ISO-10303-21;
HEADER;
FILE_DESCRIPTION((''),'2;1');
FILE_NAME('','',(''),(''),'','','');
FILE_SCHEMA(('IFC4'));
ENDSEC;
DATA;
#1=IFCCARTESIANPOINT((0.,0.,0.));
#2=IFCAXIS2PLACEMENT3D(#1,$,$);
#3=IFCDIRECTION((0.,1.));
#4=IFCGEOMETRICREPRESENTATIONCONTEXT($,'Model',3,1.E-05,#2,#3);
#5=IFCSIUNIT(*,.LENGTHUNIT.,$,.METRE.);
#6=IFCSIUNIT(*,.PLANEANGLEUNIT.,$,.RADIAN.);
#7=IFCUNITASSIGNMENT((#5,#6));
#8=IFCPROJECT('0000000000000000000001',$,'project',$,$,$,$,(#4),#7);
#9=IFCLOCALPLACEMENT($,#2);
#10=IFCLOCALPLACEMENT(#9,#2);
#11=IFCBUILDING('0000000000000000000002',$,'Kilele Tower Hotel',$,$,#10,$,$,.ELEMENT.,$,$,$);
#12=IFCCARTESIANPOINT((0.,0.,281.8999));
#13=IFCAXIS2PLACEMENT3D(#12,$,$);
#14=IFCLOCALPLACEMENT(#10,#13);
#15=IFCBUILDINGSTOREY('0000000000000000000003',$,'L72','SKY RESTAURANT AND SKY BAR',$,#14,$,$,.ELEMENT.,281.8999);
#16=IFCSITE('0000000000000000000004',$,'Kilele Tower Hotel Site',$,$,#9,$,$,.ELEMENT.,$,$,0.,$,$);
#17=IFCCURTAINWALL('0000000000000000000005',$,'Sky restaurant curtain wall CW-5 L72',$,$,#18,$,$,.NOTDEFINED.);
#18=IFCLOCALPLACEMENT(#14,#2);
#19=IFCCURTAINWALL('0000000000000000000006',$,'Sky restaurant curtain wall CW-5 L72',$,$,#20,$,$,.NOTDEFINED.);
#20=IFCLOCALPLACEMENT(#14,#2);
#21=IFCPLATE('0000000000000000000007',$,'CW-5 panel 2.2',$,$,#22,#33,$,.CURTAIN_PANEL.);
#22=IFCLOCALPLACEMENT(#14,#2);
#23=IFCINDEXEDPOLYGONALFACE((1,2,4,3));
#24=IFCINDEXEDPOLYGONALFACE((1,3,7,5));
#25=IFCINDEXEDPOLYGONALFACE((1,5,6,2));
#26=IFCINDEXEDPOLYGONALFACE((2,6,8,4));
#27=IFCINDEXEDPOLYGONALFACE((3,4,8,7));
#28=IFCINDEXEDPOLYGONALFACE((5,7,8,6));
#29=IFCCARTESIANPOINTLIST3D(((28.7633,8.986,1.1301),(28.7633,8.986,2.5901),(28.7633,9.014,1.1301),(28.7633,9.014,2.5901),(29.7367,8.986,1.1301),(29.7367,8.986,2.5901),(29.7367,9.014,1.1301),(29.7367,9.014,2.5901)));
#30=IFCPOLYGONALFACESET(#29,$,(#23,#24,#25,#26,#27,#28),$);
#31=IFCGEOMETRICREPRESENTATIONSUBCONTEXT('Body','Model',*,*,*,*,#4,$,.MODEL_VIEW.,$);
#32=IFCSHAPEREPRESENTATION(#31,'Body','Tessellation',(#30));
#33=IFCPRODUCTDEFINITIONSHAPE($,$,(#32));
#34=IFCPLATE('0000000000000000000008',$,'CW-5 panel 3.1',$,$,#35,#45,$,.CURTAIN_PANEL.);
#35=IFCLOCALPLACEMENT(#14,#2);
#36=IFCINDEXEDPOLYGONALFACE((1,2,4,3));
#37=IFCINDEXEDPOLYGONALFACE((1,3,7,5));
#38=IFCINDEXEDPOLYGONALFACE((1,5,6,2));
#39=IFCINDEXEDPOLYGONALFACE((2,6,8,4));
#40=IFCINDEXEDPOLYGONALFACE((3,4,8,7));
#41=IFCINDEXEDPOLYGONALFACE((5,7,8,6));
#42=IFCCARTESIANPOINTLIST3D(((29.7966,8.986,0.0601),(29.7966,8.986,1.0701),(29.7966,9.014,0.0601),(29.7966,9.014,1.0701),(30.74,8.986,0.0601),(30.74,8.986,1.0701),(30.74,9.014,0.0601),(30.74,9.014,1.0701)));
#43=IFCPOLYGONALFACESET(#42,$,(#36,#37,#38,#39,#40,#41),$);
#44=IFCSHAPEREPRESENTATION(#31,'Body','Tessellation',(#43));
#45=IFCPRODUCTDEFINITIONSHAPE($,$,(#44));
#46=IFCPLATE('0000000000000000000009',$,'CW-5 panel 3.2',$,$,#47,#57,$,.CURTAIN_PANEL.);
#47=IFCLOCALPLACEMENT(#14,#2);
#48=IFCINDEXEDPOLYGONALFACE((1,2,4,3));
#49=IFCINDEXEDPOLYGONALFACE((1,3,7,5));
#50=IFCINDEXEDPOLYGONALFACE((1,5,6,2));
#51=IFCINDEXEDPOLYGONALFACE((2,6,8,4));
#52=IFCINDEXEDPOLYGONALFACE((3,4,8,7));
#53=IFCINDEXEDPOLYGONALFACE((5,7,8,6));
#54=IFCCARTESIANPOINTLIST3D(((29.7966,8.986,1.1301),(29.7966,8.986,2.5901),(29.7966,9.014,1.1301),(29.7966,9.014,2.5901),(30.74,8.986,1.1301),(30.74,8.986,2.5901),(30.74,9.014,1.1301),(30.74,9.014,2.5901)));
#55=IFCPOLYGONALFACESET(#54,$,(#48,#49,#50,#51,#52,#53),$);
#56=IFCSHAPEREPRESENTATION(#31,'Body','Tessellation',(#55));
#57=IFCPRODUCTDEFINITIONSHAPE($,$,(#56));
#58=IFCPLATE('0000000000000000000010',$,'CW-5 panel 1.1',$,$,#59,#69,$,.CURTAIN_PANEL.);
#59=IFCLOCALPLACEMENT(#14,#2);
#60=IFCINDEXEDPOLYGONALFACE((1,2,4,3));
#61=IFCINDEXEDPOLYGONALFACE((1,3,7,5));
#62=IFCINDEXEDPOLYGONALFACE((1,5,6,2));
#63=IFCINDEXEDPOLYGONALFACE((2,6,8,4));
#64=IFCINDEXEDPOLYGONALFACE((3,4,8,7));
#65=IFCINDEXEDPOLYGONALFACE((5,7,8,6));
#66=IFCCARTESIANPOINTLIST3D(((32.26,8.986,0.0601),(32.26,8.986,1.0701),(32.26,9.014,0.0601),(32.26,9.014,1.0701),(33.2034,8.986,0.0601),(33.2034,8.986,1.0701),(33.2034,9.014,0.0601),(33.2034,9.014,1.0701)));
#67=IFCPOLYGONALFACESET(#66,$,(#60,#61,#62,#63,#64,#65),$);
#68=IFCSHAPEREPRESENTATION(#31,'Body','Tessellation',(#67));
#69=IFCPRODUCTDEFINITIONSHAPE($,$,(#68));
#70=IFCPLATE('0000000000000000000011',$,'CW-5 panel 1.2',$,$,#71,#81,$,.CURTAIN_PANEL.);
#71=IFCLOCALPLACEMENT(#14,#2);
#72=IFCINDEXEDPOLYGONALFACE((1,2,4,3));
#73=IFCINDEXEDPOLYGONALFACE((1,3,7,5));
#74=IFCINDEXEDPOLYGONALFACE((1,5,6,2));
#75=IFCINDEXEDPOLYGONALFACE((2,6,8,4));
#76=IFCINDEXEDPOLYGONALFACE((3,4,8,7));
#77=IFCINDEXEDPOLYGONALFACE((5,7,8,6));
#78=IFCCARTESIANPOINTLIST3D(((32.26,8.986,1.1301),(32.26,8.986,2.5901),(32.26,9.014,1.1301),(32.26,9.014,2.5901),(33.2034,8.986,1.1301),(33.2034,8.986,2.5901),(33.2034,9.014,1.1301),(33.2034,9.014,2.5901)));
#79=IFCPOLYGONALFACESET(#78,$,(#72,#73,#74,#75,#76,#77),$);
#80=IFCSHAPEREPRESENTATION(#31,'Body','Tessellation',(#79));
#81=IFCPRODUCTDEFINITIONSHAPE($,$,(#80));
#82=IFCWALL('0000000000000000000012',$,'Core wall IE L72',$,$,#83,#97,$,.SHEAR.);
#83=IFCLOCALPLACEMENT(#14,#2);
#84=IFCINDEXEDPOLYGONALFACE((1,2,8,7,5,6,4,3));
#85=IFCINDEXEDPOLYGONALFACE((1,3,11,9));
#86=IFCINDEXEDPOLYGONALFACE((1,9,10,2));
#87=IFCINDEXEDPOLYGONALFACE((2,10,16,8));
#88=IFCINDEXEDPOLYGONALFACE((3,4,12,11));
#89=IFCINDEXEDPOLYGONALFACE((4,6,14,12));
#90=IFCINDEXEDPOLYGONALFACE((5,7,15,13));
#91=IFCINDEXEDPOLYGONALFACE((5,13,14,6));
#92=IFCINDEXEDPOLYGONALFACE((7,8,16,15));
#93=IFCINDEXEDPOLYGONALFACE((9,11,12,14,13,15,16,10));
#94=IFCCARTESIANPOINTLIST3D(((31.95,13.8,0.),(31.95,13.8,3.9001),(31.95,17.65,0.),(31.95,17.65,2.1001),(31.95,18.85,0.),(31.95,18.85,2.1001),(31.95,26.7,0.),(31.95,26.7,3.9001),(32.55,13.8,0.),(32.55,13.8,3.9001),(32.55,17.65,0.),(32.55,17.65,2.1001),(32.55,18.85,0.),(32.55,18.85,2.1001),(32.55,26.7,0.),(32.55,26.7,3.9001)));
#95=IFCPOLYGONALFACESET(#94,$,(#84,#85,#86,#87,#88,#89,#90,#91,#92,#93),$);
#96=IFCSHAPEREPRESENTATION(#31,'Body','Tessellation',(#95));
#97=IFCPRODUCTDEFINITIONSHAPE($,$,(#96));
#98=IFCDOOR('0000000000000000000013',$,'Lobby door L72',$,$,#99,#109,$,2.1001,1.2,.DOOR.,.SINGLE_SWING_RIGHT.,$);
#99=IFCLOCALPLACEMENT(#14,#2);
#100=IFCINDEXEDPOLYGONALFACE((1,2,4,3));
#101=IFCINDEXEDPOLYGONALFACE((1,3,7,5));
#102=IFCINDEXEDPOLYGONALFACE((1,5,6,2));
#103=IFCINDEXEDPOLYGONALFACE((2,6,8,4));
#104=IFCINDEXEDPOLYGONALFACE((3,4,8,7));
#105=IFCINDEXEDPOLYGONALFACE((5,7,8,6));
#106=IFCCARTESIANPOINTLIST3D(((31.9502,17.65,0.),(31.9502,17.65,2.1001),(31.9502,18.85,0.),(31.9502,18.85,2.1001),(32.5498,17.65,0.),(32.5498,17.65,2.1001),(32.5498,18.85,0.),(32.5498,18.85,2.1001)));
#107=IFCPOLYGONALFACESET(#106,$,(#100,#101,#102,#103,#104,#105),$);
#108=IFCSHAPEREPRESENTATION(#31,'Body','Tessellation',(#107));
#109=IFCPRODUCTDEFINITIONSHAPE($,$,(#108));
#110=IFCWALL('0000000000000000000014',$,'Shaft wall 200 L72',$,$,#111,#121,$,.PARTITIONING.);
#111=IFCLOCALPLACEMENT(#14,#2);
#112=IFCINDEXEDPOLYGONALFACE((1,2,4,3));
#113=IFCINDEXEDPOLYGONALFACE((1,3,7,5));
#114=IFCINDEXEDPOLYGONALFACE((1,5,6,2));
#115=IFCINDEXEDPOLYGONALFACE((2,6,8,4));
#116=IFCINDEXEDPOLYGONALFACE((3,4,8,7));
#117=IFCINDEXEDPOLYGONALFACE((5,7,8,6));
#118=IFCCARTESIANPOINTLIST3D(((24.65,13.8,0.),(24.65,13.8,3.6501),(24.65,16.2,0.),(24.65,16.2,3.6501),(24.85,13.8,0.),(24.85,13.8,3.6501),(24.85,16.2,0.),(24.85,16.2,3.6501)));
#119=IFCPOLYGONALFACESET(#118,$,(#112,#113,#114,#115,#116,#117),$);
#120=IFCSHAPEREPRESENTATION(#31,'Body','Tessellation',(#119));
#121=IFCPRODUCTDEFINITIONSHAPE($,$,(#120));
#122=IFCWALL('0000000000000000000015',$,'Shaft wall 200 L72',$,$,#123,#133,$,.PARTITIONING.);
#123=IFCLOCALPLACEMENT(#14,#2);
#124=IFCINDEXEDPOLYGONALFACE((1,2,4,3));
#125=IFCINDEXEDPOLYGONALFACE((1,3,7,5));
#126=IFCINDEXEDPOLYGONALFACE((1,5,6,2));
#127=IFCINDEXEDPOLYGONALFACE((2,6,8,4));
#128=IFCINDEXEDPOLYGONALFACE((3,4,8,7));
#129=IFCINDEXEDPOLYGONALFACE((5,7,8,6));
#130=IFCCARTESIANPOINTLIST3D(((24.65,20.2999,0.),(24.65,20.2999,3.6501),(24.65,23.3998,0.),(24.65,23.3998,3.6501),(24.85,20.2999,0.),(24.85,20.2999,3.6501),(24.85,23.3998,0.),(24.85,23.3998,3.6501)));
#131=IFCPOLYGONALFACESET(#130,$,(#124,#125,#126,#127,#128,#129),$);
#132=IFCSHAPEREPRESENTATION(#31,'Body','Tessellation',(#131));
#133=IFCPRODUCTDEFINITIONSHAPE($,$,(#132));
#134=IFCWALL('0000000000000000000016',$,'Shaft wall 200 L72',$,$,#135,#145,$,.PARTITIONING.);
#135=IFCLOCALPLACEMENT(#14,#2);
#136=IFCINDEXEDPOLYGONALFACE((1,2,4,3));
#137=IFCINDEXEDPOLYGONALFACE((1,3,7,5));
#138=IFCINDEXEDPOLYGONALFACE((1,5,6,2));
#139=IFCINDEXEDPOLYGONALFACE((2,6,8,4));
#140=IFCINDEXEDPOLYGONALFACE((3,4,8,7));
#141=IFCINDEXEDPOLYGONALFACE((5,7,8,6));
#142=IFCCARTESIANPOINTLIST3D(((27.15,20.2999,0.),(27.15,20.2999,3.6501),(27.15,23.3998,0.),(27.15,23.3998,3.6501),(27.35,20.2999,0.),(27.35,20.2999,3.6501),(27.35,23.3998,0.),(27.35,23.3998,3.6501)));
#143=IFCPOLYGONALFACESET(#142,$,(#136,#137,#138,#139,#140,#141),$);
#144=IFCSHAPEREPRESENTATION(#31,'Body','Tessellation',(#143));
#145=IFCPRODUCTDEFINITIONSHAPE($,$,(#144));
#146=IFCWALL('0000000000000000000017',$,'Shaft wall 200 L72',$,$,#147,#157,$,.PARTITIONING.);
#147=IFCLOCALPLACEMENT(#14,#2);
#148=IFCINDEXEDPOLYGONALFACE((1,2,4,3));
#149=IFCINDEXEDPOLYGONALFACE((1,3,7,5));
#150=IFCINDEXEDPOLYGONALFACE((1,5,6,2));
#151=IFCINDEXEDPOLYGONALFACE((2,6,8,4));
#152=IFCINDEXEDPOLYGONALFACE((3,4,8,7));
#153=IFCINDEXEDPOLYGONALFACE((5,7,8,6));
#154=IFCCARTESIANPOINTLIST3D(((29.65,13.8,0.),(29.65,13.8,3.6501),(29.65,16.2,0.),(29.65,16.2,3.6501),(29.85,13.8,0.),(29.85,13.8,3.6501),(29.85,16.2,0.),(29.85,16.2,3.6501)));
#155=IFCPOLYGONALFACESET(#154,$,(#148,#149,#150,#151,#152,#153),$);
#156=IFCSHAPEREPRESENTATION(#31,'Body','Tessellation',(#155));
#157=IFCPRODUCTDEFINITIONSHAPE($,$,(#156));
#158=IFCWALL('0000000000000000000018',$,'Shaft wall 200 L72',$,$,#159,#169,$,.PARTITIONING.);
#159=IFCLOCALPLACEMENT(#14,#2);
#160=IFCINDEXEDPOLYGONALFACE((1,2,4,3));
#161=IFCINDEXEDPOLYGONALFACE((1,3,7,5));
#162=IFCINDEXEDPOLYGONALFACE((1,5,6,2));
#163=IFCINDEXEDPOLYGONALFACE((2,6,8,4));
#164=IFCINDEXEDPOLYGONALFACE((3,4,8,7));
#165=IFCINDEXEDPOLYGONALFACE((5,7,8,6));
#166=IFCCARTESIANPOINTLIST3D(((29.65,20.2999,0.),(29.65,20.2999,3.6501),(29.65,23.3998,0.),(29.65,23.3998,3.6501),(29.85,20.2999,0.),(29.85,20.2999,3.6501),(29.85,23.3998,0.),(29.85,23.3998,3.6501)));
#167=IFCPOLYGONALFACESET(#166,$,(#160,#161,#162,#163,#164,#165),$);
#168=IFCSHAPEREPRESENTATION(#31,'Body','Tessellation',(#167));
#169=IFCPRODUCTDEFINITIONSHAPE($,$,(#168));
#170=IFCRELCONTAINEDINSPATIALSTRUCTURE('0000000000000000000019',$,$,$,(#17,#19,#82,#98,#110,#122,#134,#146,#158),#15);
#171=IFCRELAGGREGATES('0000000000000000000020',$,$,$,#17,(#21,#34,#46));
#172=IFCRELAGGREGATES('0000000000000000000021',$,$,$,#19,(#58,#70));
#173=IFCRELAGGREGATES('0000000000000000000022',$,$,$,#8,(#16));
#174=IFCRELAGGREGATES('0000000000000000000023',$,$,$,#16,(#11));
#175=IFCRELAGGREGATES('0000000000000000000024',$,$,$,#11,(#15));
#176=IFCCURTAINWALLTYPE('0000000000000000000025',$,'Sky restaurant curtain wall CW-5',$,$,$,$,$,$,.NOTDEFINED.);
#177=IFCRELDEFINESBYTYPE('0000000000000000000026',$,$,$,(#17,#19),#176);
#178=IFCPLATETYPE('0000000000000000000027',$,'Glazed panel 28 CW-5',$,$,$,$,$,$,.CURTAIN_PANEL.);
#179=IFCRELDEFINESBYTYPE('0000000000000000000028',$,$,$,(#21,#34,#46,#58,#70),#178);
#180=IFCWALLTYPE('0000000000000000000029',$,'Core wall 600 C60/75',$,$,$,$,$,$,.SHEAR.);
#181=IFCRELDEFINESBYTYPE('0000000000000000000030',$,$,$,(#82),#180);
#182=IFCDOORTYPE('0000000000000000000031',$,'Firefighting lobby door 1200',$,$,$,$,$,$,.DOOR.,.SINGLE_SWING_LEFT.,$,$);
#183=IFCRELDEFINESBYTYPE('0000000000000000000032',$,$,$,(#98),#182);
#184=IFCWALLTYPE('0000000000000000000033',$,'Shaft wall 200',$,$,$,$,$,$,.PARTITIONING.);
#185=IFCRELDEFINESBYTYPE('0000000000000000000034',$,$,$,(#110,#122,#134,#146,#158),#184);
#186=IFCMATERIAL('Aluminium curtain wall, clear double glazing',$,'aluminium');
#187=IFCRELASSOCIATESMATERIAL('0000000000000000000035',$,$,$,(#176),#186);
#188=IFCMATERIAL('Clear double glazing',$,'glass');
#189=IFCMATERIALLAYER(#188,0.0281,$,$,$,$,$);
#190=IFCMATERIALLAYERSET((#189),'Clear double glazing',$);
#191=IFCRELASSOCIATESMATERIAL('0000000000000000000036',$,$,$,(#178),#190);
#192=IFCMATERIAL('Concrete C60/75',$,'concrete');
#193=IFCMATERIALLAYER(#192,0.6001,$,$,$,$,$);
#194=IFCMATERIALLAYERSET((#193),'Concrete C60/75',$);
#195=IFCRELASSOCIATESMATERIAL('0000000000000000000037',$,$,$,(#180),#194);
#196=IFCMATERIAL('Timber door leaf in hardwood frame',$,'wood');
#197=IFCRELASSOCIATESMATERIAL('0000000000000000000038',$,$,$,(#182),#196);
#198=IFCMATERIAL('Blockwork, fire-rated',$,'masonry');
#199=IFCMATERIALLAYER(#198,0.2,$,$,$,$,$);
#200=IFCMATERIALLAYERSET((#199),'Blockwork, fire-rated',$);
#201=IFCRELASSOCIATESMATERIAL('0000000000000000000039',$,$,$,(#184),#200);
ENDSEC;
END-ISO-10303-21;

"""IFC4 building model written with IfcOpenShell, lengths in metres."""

from ifc_helpers import new_model, si_unit, direction, frame, frame_2d, origin, origin_2d, place, context, subcontext, project, spatial, rectangle, extrude, material, layer, layer_set, type_object, element, fill, aggregate, save


model = new_model("IFC4")

# Units and contexts
model_context = context("Model", 3, precision=1e-05, world=origin(), true_north=direction((0.0, 1.0)))
body_context = subcontext(model_context, "Body", "Model", "MODEL_VIEW")
ifc_project = project(units=[si_unit("LENGTHUNIT", "METRE"), si_unit("PLANEANGLEUNIT", "RADIAN")], contexts=[model_context])

# Site, building, storey
site_placement = place(None, origin())
site = spatial("IfcSite", under=ifc_project, at=site_placement, Name="Kilele Tower Hotel Site", CompositionType="ELEMENT", RefElevation=0.0)
building_placement = place(site_placement, origin())
building = spatial("IfcBuilding", under=site, at=building_placement, Name="Kilele Tower Hotel", CompositionType="ELEMENT")
storey_placement = place(building_placement, frame((0.0, 0.0, 281.8999)))
storey = spatial("IfcBuildingStorey", under=building, at=storey_placement, Name="L72", Description="SKY RESTAURANT AND SKY BAR", CompositionType="ELEMENT", Elevation=281.8999)

# Curtain wall
ifc_material_1 = material(Name="Aluminium curtain wall, clear double glazing", Category="aluminium")
curtain_wall_type = type_object("IfcCurtainWallType", Name="Sky restaurant curtain wall CW-5", PredefinedType="NOTDEFINED", material=ifc_material_1)
curtain_wall_1_placement = place(storey_placement, origin())
curtain_wall_1 = element("IfcCurtainWall", 1, at=curtain_wall_1_placement, inside=storey, type_object=curtain_wall_type, Name="Sky restaurant curtain wall CW-5 L72", PredefinedType="NOTDEFINED")

# Curtain wall
curtain_wall_2_placement = place(storey_placement, origin())
curtain_wall_2 = element("IfcCurtainWall", 2, at=curtain_wall_2_placement, inside=storey, type_object=curtain_wall_type, Name="Sky restaurant curtain wall CW-5 L72", PredefinedType="NOTDEFINED")

# Plates
ifc_material_2 = material(Name="Clear double glazing", Category="glass")
ifc_layer_1 = layer(ifc_material_2, 0.0281)
ifc_layer_set_1 = layer_set([ifc_layer_1], Name="Clear double glazing")
plate_type = type_object("IfcPlateType", Name="Glazed panel 28 CW-5", PredefinedType="CURTAIN_PANEL", material=ifc_layer_set_1)
plate_1_placement = place(storey_placement, frame((29.25, 9.0, 1.1301), z_axis=(0.0, 0.0, 1.0), x_axis=(1.0, 0.0, 0.0)))
plate_1 = element("IfcPlate", 3, at=plate_1_placement, type_object=plate_type, Name="CW-5 panel 2.2", PredefinedType="CURTAIN_PANEL", context=body_context, shape_type="SweptSolid", body=[
    extrude(rectangle(XDim=0.9734, YDim=0.0281, at=origin_2d()), origin(), (0.0, 0.0, 1.0), 1.46),
])
plate_2_placement = place(storey_placement, frame((30.2683, 9.0, 0.0601), z_axis=(0.0, 0.0, 1.0), x_axis=(1.0, 0.0, 0.0)))
plate_2 = element("IfcPlate", 4, at=plate_2_placement, type_object=plate_type, Name="CW-5 panel 3.1", PredefinedType="CURTAIN_PANEL", context=body_context, shape_type="SweptSolid", body=[
    extrude(rectangle(XDim=0.9434, YDim=0.0281, at=origin_2d()), origin(), (0.0, 0.0, 1.0), 1.01),
])
plate_3_placement = place(storey_placement, frame((30.2683, 9.0, 1.1301), z_axis=(0.0, 0.0, 1.0), x_axis=(1.0, 0.0, 0.0)))
plate_3 = element("IfcPlate", 5, at=plate_3_placement, type_object=plate_type, Name="CW-5 panel 3.2", PredefinedType="CURTAIN_PANEL", context=body_context, shape_type="SweptSolid", body=[
    extrude(rectangle(XDim=0.9434, YDim=0.0281, at=origin_2d()), origin(), (0.0, 0.0, 1.0), 1.46),
])
aggregate(curtain_wall_1, [plate_1, plate_2, plate_3])
plate_4_placement = place(storey_placement, frame((32.7317, 9.0, 0.0601), z_axis=(0.0, 0.0, 1.0), x_axis=(1.0, 0.0, 0.0)))
plate_4 = element("IfcPlate", 6, at=plate_4_placement, type_object=plate_type, Name="CW-5 panel 1.1", PredefinedType="CURTAIN_PANEL", context=body_context, shape_type="SweptSolid", body=[
    extrude(rectangle(XDim=0.9434, YDim=0.0281, at=origin_2d()), origin(), (0.0, 0.0, 1.0), 1.01),
])
plate_5_placement = place(storey_placement, frame((32.7317, 9.0, 1.1301), z_axis=(0.0, 0.0, 1.0), x_axis=(1.0, 0.0, 0.0)))
plate_5 = element("IfcPlate", 7, at=plate_5_placement, type_object=plate_type, Name="CW-5 panel 1.2", PredefinedType="CURTAIN_PANEL", context=body_context, shape_type="SweptSolid", body=[
    extrude(rectangle(XDim=0.9434, YDim=0.0281, at=origin_2d()), origin(), (0.0, 0.0, 1.0), 1.46),
])
aggregate(curtain_wall_2, [plate_4, plate_5])

# Wall, opening, door
ifc_material_3 = material(Name="Concrete C60/75", Category="concrete")
ifc_layer_2 = layer(ifc_material_3, 0.6001)
ifc_layer_set_2 = layer_set([ifc_layer_2], Name="Concrete C60/75")
wall_type_1 = type_object("IfcWallType", Name="Core wall 600 C60/75", PredefinedType="SHEAR", material=ifc_layer_set_2)
wall_1_placement = place(storey_placement, frame((32.25, 13.8, 0.0), z_axis=(0.0, 0.0, 1.0), x_axis=(0.0, 1.0, 0.0)))
wall_1 = element("IfcWall", 8, at=wall_1_placement, inside=storey, type_object=wall_type_1, Name="Core wall IE L72", PredefinedType="SHEAR", context=body_context, shape_type="SweptSolid", body=[
    extrude(rectangle(XDim=12.8999, YDim=0.6001, at=frame_2d((6.45, 0.0))), origin(), (0.0, 0.0, 1.0), 3.9001),
])
opening_placement = place(wall_1_placement, frame((5.05, 0.0, 0.0), z_axis=(0.0, 0.0, 1.0), x_axis=(-1.0, 0.0, 0.0)))
opening = element("IfcOpeningElement", 9, at=opening_placement, cuts=wall_1, PredefinedType="OPENING", context=body_context, shape_type="SweptSolid", body=[
    extrude(rectangle(XDim=1.2, YDim=2.1001, at=frame_2d((0.6001, 1.05))), frame((0.0, 0.3101, 0.0), z_axis=(0.0, -1.0, 0.0), x_axis=(1.0, 0.0, 0.0)), (0.0, 0.0, 1.0), 0.6201),
])
ifc_material_4 = material(Name="Timber door leaf in hardwood frame", Category="wood")
door_type = type_object("IfcDoorType", Name="Firefighting lobby door 1200", OperationType="SINGLE_SWING_LEFT", PredefinedType="DOOR", material=ifc_material_4)
door_placement = place(opening_placement, origin())
door = element("IfcDoor", 10, at=door_placement, inside=storey, type_object=door_type, Name="Lobby door L72", OperationType="SINGLE_SWING_RIGHT", OverallHeight=2.1001, OverallWidth=1.2, PredefinedType="DOOR", context=body_context, shape_type="SweptSolid", body=[
    extrude(rectangle(XDim=1.2, YDim=2.1001, at=frame_2d((0.6001, 1.05))), frame((0.0, 0.2998, 0.0), z_axis=(0.0, -1.0, 0.0), x_axis=(1.0, 0.0, 0.0)), (0.0, 0.0, 1.0), 0.5996),
])
fill(opening, door)

# Walls
ifc_material_5 = material(Name="Blockwork, fire-rated", Category="masonry")
ifc_layer_3 = layer(ifc_material_5, 0.2)
ifc_layer_set_3 = layer_set([ifc_layer_3], Name="Blockwork, fire-rated")
wall_type_2 = type_object("IfcWallType", Name="Shaft wall 200", PredefinedType="PARTITIONING", material=ifc_layer_set_3)
wall_2_placement = place(storey_placement, frame((24.75, 13.8, 0.0), z_axis=(0.0, 0.0, 1.0), x_axis=(0.0, 1.0, 0.0)))
element("IfcWall", 11, at=wall_2_placement, inside=storey, type_object=wall_type_2, Name="Shaft wall 200 L72", PredefinedType="PARTITIONING", context=body_context, shape_type="SweptSolid", body=[
    extrude(rectangle(XDim=2.3999, YDim=0.2, at=frame_2d((1.2, 0.0))), origin(), (0.0, 0.0, 1.0), 3.6501),
])
for number, where, z_axis, x_axis, name in (
    (12, (24.75, 20.3, 0.0), (0.0, 0.0, 1.0), (0.0, 1.0, 0.0), "Shaft wall 200 L72"),
    (13, (27.25, 20.3, 0.0), (0.0, 0.0, 1.0), (0.0, 1.0, 0.0), "Shaft wall 200 L72"),
):
    element("IfcWall", number, at=place(storey_placement, frame(where, z_axis=z_axis, x_axis=x_axis)), inside=storey, type_object=wall_type_2, Name=name, PredefinedType="PARTITIONING", context=body_context, shape_type="SweptSolid", body=[
        extrude(rectangle(XDim=3.0999, YDim=0.2, at=frame_2d((1.5498, 0.0))), origin(), (0.0, 0.0, 1.0), 3.6501),
    ])
wall_3_placement = place(storey_placement, frame((29.75, 13.8, 0.0), z_axis=(0.0, 0.0, 1.0), x_axis=(0.0, 1.0, 0.0)))
element("IfcWall", 14, at=wall_3_placement, inside=storey, type_object=wall_type_2, Name="Shaft wall 200 L72", PredefinedType="PARTITIONING", context=body_context, shape_type="SweptSolid", body=[
    extrude(rectangle(XDim=2.3999, YDim=0.2, at=frame_2d((1.2, 0.0))), origin(), (0.0, 0.0, 1.0), 3.6501),
])
wall_4_placement = place(storey_placement, frame((29.75, 20.3, 0.0), z_axis=(0.0, 0.0, 1.0), x_axis=(0.0, 1.0, 0.0)))
element("IfcWall", 15, at=wall_4_placement, inside=storey, type_object=wall_type_2, Name="Shaft wall 200 L72", PredefinedType="PARTITIONING", context=body_context, shape_type="SweptSolid", body=[
    extrude(rectangle(XDim=3.0999, YDim=0.2, at=frame_2d((1.5498, 0.0))), origin(), (0.0, 0.0, 1.0), 3.6501),
])

save(model, "model.ifc")
